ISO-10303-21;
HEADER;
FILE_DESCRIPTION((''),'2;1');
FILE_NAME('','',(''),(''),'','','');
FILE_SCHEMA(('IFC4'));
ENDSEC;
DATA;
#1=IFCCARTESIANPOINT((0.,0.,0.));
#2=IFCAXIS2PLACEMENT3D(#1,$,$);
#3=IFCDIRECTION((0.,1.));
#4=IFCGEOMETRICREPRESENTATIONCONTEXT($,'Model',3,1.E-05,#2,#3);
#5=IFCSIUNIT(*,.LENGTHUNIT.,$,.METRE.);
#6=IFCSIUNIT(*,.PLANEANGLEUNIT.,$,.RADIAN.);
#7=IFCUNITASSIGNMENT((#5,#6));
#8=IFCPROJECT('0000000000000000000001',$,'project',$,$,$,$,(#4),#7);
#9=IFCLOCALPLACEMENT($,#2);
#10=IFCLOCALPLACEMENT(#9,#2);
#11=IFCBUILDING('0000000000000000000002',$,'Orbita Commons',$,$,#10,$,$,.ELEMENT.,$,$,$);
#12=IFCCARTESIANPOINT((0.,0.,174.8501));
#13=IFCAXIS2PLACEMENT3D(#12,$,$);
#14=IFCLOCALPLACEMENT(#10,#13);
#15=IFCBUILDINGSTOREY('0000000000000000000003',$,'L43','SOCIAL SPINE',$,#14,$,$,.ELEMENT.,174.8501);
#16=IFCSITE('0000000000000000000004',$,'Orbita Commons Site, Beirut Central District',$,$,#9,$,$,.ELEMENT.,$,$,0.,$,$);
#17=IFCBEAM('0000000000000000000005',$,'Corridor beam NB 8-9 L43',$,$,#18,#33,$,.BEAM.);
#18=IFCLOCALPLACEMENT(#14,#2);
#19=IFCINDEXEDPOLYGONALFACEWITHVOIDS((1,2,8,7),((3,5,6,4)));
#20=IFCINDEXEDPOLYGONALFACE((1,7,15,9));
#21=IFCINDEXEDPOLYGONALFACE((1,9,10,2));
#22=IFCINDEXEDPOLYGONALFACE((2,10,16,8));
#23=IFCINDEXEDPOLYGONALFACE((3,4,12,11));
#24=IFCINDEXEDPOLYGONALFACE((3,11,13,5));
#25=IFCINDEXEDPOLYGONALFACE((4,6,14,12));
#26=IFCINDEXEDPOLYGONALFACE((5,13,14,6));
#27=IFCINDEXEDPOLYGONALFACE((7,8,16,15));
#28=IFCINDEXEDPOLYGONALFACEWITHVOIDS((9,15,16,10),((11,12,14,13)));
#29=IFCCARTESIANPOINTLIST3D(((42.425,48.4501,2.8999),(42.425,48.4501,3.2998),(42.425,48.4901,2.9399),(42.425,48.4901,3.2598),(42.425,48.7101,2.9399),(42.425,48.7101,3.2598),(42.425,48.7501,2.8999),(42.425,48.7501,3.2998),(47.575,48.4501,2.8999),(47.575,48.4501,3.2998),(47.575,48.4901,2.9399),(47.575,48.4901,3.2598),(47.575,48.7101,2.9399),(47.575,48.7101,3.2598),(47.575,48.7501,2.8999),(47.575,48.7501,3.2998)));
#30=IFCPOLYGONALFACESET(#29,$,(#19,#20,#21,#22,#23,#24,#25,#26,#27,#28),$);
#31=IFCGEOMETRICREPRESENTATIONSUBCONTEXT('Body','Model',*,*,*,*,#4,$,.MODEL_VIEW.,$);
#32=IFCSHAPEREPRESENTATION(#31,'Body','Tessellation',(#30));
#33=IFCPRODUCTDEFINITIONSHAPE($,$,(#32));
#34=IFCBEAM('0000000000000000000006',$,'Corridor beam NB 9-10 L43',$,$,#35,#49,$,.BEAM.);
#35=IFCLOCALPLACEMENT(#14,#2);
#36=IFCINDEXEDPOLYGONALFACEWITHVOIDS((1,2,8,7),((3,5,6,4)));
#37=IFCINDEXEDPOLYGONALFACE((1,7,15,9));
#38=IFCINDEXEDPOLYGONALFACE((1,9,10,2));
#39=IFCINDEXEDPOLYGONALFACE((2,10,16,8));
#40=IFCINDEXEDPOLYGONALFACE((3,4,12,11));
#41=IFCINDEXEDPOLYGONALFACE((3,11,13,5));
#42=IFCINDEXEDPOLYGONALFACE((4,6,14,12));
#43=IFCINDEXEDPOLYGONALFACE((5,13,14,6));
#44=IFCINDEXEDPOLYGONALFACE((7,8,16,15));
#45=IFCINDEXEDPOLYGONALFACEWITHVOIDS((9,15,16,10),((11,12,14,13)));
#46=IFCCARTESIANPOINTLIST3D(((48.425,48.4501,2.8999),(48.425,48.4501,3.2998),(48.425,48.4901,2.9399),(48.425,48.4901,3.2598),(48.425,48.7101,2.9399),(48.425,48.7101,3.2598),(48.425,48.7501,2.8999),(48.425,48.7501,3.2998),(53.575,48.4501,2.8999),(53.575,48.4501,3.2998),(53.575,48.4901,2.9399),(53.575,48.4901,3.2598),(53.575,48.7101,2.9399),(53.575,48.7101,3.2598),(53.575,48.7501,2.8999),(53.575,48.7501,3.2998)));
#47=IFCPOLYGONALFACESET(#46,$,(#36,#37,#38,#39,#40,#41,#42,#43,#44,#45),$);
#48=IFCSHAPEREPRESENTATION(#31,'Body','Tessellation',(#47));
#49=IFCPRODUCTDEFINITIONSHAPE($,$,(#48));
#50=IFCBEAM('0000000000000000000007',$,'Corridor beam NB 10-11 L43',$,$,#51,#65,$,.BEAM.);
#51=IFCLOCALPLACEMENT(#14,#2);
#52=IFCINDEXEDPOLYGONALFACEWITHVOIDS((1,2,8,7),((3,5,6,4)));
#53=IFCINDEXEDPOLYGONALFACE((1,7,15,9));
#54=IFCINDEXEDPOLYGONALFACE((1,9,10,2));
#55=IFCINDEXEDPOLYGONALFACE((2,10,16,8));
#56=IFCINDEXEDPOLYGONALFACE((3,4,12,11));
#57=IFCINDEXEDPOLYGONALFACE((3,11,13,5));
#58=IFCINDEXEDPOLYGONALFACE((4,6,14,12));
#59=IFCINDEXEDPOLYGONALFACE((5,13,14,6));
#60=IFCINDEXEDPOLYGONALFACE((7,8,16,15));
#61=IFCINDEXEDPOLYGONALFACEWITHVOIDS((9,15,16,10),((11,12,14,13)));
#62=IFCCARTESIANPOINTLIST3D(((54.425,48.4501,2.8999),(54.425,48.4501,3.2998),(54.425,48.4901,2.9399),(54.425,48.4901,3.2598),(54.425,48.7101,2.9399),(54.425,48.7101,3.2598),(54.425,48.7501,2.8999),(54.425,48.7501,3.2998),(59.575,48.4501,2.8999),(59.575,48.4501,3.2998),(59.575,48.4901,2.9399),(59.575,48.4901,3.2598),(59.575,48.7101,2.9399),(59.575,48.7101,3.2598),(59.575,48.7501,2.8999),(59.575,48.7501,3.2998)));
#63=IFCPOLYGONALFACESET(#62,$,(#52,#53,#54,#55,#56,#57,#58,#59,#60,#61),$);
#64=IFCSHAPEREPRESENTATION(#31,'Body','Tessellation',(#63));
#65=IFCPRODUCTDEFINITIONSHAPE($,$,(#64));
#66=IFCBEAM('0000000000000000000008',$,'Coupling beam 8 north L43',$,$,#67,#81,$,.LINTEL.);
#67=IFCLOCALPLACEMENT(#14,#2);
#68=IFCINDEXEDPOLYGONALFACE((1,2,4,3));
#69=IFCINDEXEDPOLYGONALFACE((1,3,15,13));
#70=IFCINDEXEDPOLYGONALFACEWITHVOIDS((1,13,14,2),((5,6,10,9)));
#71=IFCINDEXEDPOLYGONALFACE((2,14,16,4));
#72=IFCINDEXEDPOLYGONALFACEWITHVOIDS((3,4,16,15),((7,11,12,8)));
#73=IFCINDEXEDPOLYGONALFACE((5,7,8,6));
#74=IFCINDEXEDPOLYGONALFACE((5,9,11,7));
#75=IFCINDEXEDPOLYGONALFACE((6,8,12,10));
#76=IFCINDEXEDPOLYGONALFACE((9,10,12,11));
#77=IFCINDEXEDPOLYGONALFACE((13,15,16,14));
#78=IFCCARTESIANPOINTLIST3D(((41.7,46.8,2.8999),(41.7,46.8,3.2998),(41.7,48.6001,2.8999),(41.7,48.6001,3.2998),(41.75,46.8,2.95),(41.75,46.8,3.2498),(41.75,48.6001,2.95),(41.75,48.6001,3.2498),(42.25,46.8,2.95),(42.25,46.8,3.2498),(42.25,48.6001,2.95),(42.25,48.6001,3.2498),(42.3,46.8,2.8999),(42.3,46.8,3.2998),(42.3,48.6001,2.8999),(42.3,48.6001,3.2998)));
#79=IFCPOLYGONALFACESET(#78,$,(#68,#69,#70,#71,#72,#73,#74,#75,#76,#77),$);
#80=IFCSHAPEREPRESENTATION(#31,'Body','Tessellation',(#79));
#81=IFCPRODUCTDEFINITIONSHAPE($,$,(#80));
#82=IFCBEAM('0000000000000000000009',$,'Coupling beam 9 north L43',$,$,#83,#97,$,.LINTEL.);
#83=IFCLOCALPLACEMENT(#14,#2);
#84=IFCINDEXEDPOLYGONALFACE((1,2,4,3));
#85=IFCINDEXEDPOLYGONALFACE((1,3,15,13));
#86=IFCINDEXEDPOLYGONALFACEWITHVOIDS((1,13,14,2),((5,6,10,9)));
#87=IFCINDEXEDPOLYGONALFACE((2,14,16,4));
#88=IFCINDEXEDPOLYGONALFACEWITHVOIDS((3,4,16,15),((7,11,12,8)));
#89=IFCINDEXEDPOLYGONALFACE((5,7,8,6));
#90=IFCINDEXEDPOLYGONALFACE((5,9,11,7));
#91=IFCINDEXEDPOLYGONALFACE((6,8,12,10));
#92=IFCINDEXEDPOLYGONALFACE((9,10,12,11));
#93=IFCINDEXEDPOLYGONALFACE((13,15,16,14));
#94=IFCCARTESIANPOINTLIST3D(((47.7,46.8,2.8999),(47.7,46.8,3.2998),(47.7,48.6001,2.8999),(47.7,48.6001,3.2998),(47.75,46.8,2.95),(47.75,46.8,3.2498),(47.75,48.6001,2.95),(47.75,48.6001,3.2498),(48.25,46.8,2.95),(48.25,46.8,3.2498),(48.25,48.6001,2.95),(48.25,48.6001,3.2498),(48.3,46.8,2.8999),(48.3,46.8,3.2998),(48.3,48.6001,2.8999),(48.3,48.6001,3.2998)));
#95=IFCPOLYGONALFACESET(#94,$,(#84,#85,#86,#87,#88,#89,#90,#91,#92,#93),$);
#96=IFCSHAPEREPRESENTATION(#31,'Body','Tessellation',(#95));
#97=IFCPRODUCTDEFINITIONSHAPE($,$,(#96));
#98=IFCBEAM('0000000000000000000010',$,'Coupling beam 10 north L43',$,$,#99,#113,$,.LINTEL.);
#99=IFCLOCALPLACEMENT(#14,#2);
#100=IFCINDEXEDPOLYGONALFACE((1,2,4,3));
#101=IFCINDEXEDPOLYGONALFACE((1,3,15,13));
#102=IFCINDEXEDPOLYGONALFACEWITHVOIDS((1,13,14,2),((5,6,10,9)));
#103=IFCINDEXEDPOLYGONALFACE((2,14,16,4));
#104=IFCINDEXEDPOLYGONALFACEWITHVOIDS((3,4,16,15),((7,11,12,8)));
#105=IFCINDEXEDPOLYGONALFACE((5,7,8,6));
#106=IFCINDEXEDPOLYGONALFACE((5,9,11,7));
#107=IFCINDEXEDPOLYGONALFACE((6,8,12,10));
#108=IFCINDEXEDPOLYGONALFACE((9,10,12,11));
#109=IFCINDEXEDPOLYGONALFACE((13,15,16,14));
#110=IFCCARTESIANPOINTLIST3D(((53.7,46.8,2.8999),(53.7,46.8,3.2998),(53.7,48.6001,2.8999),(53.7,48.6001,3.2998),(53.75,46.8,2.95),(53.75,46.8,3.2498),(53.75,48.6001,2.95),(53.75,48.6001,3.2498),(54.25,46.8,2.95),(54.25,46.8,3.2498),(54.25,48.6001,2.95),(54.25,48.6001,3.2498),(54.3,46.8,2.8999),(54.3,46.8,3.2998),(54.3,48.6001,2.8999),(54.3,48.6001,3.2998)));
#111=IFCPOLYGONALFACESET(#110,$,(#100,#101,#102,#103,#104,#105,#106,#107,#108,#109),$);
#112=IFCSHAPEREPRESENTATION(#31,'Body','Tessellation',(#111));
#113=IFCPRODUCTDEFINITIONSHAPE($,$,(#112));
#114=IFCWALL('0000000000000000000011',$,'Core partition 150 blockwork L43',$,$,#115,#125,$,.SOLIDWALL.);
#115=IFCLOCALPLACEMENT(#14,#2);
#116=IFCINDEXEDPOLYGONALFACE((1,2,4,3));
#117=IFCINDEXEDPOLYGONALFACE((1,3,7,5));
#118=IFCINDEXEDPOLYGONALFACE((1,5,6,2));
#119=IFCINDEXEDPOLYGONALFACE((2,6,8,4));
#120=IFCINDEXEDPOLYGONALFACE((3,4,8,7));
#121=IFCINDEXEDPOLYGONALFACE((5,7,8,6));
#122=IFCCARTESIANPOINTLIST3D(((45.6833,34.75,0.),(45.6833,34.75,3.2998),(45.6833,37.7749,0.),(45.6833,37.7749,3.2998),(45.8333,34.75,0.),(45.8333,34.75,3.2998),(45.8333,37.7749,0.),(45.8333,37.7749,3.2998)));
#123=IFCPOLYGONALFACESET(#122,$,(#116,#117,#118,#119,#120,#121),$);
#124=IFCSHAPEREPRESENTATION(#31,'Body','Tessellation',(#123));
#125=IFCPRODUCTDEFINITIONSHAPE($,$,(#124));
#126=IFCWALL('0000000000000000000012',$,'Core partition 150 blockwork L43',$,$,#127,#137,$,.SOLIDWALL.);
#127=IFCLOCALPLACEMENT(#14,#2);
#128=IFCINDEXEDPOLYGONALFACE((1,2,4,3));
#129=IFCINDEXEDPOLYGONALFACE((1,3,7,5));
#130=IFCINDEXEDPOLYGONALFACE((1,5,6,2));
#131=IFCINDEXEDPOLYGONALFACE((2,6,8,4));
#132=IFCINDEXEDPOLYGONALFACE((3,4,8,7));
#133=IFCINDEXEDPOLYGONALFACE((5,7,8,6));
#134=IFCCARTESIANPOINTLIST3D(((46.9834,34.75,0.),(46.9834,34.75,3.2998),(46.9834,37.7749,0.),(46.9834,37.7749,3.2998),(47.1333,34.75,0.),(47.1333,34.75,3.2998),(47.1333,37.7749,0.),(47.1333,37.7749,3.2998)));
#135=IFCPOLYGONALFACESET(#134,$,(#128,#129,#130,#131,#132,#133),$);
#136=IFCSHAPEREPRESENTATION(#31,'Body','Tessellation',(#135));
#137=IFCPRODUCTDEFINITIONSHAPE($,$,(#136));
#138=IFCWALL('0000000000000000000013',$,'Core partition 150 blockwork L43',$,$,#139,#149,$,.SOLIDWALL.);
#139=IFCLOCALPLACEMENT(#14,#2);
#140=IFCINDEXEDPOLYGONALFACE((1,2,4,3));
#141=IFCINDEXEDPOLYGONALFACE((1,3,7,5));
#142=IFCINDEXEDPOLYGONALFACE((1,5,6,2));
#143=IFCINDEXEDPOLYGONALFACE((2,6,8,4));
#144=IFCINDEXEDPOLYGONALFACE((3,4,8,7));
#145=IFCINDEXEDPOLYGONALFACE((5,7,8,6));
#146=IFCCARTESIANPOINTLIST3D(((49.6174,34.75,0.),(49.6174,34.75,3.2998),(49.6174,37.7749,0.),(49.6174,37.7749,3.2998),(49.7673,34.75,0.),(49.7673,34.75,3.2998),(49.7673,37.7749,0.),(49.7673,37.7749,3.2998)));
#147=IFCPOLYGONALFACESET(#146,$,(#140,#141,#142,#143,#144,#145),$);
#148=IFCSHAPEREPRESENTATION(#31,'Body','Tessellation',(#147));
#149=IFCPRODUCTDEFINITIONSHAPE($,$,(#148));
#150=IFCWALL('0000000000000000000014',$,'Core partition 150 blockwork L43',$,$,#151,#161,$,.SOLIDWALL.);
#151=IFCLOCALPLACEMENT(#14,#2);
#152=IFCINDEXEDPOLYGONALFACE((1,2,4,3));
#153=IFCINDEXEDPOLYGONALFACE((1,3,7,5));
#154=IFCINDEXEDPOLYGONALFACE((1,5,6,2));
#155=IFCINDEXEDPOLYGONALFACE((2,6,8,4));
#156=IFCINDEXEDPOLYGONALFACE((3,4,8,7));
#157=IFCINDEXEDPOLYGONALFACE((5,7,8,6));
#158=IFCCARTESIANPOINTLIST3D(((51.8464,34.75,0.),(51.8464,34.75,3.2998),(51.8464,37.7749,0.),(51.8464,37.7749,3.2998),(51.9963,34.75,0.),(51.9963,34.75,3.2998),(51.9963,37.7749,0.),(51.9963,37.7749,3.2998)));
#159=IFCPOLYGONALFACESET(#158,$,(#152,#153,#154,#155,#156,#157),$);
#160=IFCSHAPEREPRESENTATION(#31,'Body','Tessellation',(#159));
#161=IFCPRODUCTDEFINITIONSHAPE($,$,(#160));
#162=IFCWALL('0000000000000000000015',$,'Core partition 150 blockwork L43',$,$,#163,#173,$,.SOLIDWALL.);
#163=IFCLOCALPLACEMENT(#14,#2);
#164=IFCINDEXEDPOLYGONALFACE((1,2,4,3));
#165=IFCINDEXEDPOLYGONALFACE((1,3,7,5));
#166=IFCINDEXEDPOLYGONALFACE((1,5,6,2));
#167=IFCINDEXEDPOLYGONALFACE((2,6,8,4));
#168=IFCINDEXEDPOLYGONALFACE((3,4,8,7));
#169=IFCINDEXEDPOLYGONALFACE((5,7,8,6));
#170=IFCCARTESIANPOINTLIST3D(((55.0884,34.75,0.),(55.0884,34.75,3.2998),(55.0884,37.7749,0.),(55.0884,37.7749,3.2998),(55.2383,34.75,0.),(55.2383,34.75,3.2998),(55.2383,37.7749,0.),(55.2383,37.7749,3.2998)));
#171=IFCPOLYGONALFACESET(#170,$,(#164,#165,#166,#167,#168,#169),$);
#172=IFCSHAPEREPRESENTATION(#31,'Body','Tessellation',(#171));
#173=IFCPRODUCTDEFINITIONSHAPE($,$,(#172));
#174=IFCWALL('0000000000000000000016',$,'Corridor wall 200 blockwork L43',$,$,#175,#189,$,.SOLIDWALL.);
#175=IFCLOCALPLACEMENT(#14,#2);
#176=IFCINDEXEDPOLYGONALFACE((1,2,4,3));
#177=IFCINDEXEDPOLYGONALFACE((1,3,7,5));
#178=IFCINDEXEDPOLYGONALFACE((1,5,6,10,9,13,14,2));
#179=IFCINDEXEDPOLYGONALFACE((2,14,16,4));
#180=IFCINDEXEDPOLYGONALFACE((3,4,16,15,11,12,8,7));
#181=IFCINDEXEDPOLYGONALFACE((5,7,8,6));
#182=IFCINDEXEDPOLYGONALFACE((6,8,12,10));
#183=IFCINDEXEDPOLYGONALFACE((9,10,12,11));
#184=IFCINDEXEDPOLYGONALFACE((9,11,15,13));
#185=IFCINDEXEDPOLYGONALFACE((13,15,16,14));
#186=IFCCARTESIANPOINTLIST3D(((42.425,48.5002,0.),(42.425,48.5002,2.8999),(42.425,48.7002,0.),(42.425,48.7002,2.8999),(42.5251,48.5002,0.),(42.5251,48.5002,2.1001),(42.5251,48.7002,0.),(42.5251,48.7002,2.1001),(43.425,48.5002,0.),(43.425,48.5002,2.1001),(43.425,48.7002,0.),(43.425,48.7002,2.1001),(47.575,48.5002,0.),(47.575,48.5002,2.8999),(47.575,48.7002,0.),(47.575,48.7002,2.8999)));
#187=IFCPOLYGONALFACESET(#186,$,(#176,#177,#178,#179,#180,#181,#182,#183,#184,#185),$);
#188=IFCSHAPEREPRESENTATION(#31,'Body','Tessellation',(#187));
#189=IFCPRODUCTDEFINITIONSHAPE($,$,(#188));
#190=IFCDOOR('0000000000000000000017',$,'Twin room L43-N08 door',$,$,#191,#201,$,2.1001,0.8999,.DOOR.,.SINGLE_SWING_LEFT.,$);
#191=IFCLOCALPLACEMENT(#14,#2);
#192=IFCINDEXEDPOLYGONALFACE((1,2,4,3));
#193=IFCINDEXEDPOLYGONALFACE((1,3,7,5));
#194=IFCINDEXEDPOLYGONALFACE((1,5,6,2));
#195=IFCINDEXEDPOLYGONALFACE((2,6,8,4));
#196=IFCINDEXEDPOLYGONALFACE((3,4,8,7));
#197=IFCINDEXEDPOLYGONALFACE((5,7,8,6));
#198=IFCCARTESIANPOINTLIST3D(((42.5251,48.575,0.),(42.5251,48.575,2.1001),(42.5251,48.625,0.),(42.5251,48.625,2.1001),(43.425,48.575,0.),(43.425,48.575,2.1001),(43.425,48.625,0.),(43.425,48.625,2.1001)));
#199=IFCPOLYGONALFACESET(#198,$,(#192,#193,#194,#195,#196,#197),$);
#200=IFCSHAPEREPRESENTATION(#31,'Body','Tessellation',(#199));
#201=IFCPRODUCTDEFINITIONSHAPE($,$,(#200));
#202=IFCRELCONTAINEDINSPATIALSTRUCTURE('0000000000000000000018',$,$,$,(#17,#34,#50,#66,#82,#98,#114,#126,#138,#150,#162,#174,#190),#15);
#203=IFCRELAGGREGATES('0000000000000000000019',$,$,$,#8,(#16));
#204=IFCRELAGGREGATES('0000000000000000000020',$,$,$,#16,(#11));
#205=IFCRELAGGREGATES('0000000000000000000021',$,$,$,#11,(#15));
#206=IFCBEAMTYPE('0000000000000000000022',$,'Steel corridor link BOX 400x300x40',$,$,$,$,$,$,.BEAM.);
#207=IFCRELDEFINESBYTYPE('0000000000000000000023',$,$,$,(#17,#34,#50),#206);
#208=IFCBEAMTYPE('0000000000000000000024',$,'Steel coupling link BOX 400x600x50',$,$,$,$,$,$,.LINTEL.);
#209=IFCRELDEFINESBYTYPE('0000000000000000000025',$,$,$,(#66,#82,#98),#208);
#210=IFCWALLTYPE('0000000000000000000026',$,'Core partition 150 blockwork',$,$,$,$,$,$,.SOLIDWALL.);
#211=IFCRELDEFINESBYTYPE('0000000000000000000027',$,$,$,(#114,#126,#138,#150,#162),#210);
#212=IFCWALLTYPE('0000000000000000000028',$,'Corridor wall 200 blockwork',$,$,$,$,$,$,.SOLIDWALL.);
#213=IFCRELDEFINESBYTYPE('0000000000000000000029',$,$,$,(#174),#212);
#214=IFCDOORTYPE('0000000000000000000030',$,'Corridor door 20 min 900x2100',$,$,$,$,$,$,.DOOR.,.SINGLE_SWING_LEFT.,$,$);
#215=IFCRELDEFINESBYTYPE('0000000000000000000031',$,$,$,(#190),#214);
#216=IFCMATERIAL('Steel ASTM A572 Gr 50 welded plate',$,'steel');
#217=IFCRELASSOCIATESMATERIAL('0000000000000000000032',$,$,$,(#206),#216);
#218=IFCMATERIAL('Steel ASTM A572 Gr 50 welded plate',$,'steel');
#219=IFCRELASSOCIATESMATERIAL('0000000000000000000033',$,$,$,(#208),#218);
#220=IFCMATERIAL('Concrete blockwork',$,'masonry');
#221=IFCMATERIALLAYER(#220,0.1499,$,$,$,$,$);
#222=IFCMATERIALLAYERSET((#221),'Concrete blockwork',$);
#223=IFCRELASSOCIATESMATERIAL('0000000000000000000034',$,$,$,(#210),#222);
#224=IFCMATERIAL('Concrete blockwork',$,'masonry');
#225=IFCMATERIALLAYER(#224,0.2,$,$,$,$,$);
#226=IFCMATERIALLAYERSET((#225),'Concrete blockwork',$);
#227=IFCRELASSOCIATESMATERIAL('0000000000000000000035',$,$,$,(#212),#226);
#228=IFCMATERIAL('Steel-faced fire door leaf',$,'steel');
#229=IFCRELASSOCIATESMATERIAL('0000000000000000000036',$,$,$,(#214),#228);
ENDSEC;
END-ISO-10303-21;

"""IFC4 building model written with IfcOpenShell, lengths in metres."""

from ifc_helpers import new_model, si_unit, direction, frame, frame_2d, origin, origin_2d, place, context, subcontext, project, spatial, polyline, rectangle, hollow_rectangle, outline, extrude, material, layer, layer_set, material_profile, profile_set, type_object, element, fill, save


model = new_model("IFC4")

# Units and contexts
model_context = context("Model", 3, precision=1e-05, world=origin(), true_north=direction((0.0, 1.0)))
body_context = subcontext(model_context, "Body", "Model", "MODEL_VIEW")
ifc_project = project(units=[si_unit("LENGTHUNIT", "METRE"), si_unit("PLANEANGLEUNIT", "RADIAN")], contexts=[model_context])

# Site, building, storey
site_placement = place(None, origin())
site = spatial("IfcSite", under=ifc_project, at=site_placement, Name="Orbita Commons Site, Beirut Central District", CompositionType="ELEMENT", RefElevation=0.0)
building_placement = place(site_placement, origin())
building = spatial("IfcBuilding", under=site, at=building_placement, Name="Orbita Commons", CompositionType="ELEMENT")
storey_placement = place(building_placement, frame((0.0, 0.0, 174.8501)))
storey = spatial("IfcBuildingStorey", under=building, at=storey_placement, Name="L43", Description="SOCIAL SPINE", CompositionType="ELEMENT", Elevation=174.8501)

# Beams
ifc_material_1 = material(Name="Steel ASTM A572 Gr 50 welded plate", Category="steel")
ifc_material_profile_1 = material_profile(ifc_material_1, hollow_rectangle(XDim=0.3, YDim=0.3999, WallThickness=0.04, at=origin_2d()), Name="BOX 400x300x40")
ifc_profile_set_1 = profile_set([ifc_material_profile_1], Name="Steel ASTM A572 Gr 50 welded plate")
beam_type_1 = type_object("IfcBeamType", Name="Steel corridor link BOX 400x300x40", PredefinedType="BEAM", material=ifc_profile_set_1)
for number, where, z_axis, x_axis, name in (
    (1, (42.425, 48.6001, 3.0999), (1.0, 0.0, 0.0), (0.0, 1.0, 0.0), "Corridor beam NB 8-9 L43"),
    (2, (48.425, 48.6001, 3.0999), (1.0, 0.0, 0.0), (0.0, 1.0, 0.0), "Corridor beam NB 9-10 L43"),
    (3, (54.425, 48.6001, 3.0999), (1.0, 0.0, 0.0), (0.0, 1.0, 0.0), "Corridor beam NB 10-11 L43"),
):
    element("IfcBeam", number, at=place(storey_placement, frame(where, z_axis=z_axis, x_axis=x_axis)), inside=storey, type_object=beam_type_1, Name=name, PredefinedType="BEAM", context=body_context, shape_type="SweptSolid", body=[
        extrude(hollow_rectangle(XDim=0.3, YDim=0.3999, WallThickness=0.04, at=origin_2d()), origin(), (0.0, 0.0, 1.0), 5.1499),
    ])
ifc_material_2 = material(Name="Steel ASTM A572 Gr 50 welded plate", Category="steel")
ifc_material_profile_2 = material_profile(ifc_material_2, hollow_rectangle(XDim=0.6001, YDim=0.3999, WallThickness=0.05, at=origin_2d()), Name="BOX 400x600x50")
ifc_profile_set_2 = profile_set([ifc_material_profile_2], Name="Steel ASTM A572 Gr 50 welded plate")
beam_type_2 = type_object("IfcBeamType", Name="Steel coupling link BOX 400x600x50", PredefinedType="LINTEL", material=ifc_profile_set_2)
for number, where, z_axis, x_axis, name in (
    (4, (42.0, 46.8, 3.0999), (0.0, 1.0, 0.0), (-1.0, 0.0, 0.0), "Coupling beam 8 north L43"),
    (5, (48.0, 46.8, 3.0999), (0.0, 1.0, 0.0), (-1.0, 0.0, 0.0), "Coupling beam 9 north L43"),
    (6, (54.0, 46.8, 3.0999), (0.0, 1.0, 0.0), (-1.0, 0.0, 0.0), "Coupling beam 10 north L43"),
):
    element("IfcBeam", number, at=place(storey_placement, frame(where, z_axis=z_axis, x_axis=x_axis)), inside=storey, type_object=beam_type_2, Name=name, PredefinedType="LINTEL", context=body_context, shape_type="SweptSolid", body=[
        extrude(hollow_rectangle(XDim=0.6001, YDim=0.3999, WallThickness=0.05, at=origin_2d()), origin(), (0.0, 0.0, 1.0), 1.8),
    ])

# Walls
ifc_material_3 = material(Name="Concrete blockwork", Category="masonry")
ifc_layer_1 = layer(ifc_material_3, 0.1499)
ifc_layer_set_1 = layer_set([ifc_layer_1], Name="Concrete blockwork")
wall_type_1 = type_object("IfcWallType", Name="Core partition 150 blockwork", PredefinedType="SOLIDWALL", material=ifc_layer_set_1)
for number, where, z_axis, x_axis, name in (
    (7, (45.7583, 34.75, 0.0), (0.0, 0.0, 1.0), (0.0, 1.0, 0.0), "Core partition 150 blockwork L43"),
    (8, (47.0583, 34.75, 0.0), (0.0, 0.0, 1.0), (0.0, 1.0, 0.0), "Core partition 150 blockwork L43"),
    (9, (49.6924, 34.75, 0.0), (0.0, 0.0, 1.0), (0.0, 1.0, 0.0), "Core partition 150 blockwork L43"),
    (10, (51.9214, 34.75, 0.0), (0.0, 0.0, 1.0), (0.0, 1.0, 0.0), "Core partition 150 blockwork L43"),
    (11, (55.1633, 34.75, 0.0), (0.0, 0.0, 1.0), (0.0, 1.0, 0.0), "Core partition 150 blockwork L43"),
):
    element("IfcWall", number, at=place(storey_placement, frame(where, z_axis=z_axis, x_axis=x_axis)), inside=storey, type_object=wall_type_1, Name=name, PredefinedType="SOLIDWALL", context=body_context, shape_type="SweptSolid", body=[
        extrude(rectangle(XDim=3.0249, YDim=0.1499, at=frame_2d((1.5125, 0.0))), origin(), (0.0, 0.0, 1.0), 3.2998),
    ])

# Wall, opening, door
ifc_material_4 = material(Name="Concrete blockwork", Category="masonry")
ifc_layer_2 = layer(ifc_material_4, 0.2)
ifc_layer_set_2 = layer_set([ifc_layer_2], Name="Concrete blockwork")
wall_type_2 = type_object("IfcWallType", Name="Corridor wall 200 blockwork", PredefinedType="SOLIDWALL", material=ifc_layer_set_2)
wall_1_placement = place(storey_placement, frame((42.425, 48.6001, 0.0), z_axis=(0.0, 0.0, 1.0), x_axis=(1.0, 0.0, 0.0)))
wall_1 = element("IfcWall", 12, at=wall_1_placement, inside=storey, type_object=wall_type_2, Name="Corridor wall 200 blockwork L43", PredefinedType="SOLIDWALL", context=body_context, shape_type="SweptSolid", body=[
    extrude(outline(polyline([(0.0, 0.0), (5.1499, 0.0), (5.1499, 2.8999), (0.0, 2.8999), (0.0, 0.0)])), frame((0.0, 0.1001, 0.0), z_axis=(0.0, -1.0, 0.0), x_axis=(1.0, 0.0, 0.0)), (0.0, 0.0, 1.0), 0.2),
])
opening_1_placement = place(wall_1_placement, frame((0.1001, 0.0, 0.0)))
opening_1 = element("IfcOpeningElement", 13, at=opening_1_placement, cuts=wall_1, PredefinedType="OPENING", context=body_context, shape_type="SweptSolid", body=[
    extrude(rectangle(XDim=0.8999, YDim=2.1001, at=frame_2d((0.45, 1.05))), frame((0.0, 0.1099, 0.0), z_axis=(0.0, -1.0, 0.0), x_axis=(1.0, 0.0, 0.0)), (0.0, 0.0, 1.0), 0.22),
])
ifc_material_5 = material(Name="Steel-faced fire door leaf", Category="steel")
door_type_1 = type_object("IfcDoorType", Name="Corridor door 20 min 900x2100", OperationType="SINGLE_SWING_LEFT", PredefinedType="DOOR", material=ifc_material_5)
door_1_placement = place(opening_1_placement, origin())
door_1 = element("IfcDoor", 14, at=door_1_placement, inside=storey, type_object=door_type_1, Name="Twin room L43-N08 door", OperationType="SINGLE_SWING_LEFT", OverallHeight=2.1001, OverallWidth=0.8999, PredefinedType="DOOR", context=body_context, shape_type="SweptSolid", body=[
    extrude(rectangle(XDim=0.8999, YDim=2.1001, at=frame_2d((0.45, 1.05))), frame((0.0, 0.0249, 0.0), z_axis=(0.0, -1.0, 0.0), x_axis=(1.0, 0.0, 0.0)), (0.0, 0.0, 1.0), 0.05),
])
fill(opening_1, door_1)

save(model, "model.ifc")
